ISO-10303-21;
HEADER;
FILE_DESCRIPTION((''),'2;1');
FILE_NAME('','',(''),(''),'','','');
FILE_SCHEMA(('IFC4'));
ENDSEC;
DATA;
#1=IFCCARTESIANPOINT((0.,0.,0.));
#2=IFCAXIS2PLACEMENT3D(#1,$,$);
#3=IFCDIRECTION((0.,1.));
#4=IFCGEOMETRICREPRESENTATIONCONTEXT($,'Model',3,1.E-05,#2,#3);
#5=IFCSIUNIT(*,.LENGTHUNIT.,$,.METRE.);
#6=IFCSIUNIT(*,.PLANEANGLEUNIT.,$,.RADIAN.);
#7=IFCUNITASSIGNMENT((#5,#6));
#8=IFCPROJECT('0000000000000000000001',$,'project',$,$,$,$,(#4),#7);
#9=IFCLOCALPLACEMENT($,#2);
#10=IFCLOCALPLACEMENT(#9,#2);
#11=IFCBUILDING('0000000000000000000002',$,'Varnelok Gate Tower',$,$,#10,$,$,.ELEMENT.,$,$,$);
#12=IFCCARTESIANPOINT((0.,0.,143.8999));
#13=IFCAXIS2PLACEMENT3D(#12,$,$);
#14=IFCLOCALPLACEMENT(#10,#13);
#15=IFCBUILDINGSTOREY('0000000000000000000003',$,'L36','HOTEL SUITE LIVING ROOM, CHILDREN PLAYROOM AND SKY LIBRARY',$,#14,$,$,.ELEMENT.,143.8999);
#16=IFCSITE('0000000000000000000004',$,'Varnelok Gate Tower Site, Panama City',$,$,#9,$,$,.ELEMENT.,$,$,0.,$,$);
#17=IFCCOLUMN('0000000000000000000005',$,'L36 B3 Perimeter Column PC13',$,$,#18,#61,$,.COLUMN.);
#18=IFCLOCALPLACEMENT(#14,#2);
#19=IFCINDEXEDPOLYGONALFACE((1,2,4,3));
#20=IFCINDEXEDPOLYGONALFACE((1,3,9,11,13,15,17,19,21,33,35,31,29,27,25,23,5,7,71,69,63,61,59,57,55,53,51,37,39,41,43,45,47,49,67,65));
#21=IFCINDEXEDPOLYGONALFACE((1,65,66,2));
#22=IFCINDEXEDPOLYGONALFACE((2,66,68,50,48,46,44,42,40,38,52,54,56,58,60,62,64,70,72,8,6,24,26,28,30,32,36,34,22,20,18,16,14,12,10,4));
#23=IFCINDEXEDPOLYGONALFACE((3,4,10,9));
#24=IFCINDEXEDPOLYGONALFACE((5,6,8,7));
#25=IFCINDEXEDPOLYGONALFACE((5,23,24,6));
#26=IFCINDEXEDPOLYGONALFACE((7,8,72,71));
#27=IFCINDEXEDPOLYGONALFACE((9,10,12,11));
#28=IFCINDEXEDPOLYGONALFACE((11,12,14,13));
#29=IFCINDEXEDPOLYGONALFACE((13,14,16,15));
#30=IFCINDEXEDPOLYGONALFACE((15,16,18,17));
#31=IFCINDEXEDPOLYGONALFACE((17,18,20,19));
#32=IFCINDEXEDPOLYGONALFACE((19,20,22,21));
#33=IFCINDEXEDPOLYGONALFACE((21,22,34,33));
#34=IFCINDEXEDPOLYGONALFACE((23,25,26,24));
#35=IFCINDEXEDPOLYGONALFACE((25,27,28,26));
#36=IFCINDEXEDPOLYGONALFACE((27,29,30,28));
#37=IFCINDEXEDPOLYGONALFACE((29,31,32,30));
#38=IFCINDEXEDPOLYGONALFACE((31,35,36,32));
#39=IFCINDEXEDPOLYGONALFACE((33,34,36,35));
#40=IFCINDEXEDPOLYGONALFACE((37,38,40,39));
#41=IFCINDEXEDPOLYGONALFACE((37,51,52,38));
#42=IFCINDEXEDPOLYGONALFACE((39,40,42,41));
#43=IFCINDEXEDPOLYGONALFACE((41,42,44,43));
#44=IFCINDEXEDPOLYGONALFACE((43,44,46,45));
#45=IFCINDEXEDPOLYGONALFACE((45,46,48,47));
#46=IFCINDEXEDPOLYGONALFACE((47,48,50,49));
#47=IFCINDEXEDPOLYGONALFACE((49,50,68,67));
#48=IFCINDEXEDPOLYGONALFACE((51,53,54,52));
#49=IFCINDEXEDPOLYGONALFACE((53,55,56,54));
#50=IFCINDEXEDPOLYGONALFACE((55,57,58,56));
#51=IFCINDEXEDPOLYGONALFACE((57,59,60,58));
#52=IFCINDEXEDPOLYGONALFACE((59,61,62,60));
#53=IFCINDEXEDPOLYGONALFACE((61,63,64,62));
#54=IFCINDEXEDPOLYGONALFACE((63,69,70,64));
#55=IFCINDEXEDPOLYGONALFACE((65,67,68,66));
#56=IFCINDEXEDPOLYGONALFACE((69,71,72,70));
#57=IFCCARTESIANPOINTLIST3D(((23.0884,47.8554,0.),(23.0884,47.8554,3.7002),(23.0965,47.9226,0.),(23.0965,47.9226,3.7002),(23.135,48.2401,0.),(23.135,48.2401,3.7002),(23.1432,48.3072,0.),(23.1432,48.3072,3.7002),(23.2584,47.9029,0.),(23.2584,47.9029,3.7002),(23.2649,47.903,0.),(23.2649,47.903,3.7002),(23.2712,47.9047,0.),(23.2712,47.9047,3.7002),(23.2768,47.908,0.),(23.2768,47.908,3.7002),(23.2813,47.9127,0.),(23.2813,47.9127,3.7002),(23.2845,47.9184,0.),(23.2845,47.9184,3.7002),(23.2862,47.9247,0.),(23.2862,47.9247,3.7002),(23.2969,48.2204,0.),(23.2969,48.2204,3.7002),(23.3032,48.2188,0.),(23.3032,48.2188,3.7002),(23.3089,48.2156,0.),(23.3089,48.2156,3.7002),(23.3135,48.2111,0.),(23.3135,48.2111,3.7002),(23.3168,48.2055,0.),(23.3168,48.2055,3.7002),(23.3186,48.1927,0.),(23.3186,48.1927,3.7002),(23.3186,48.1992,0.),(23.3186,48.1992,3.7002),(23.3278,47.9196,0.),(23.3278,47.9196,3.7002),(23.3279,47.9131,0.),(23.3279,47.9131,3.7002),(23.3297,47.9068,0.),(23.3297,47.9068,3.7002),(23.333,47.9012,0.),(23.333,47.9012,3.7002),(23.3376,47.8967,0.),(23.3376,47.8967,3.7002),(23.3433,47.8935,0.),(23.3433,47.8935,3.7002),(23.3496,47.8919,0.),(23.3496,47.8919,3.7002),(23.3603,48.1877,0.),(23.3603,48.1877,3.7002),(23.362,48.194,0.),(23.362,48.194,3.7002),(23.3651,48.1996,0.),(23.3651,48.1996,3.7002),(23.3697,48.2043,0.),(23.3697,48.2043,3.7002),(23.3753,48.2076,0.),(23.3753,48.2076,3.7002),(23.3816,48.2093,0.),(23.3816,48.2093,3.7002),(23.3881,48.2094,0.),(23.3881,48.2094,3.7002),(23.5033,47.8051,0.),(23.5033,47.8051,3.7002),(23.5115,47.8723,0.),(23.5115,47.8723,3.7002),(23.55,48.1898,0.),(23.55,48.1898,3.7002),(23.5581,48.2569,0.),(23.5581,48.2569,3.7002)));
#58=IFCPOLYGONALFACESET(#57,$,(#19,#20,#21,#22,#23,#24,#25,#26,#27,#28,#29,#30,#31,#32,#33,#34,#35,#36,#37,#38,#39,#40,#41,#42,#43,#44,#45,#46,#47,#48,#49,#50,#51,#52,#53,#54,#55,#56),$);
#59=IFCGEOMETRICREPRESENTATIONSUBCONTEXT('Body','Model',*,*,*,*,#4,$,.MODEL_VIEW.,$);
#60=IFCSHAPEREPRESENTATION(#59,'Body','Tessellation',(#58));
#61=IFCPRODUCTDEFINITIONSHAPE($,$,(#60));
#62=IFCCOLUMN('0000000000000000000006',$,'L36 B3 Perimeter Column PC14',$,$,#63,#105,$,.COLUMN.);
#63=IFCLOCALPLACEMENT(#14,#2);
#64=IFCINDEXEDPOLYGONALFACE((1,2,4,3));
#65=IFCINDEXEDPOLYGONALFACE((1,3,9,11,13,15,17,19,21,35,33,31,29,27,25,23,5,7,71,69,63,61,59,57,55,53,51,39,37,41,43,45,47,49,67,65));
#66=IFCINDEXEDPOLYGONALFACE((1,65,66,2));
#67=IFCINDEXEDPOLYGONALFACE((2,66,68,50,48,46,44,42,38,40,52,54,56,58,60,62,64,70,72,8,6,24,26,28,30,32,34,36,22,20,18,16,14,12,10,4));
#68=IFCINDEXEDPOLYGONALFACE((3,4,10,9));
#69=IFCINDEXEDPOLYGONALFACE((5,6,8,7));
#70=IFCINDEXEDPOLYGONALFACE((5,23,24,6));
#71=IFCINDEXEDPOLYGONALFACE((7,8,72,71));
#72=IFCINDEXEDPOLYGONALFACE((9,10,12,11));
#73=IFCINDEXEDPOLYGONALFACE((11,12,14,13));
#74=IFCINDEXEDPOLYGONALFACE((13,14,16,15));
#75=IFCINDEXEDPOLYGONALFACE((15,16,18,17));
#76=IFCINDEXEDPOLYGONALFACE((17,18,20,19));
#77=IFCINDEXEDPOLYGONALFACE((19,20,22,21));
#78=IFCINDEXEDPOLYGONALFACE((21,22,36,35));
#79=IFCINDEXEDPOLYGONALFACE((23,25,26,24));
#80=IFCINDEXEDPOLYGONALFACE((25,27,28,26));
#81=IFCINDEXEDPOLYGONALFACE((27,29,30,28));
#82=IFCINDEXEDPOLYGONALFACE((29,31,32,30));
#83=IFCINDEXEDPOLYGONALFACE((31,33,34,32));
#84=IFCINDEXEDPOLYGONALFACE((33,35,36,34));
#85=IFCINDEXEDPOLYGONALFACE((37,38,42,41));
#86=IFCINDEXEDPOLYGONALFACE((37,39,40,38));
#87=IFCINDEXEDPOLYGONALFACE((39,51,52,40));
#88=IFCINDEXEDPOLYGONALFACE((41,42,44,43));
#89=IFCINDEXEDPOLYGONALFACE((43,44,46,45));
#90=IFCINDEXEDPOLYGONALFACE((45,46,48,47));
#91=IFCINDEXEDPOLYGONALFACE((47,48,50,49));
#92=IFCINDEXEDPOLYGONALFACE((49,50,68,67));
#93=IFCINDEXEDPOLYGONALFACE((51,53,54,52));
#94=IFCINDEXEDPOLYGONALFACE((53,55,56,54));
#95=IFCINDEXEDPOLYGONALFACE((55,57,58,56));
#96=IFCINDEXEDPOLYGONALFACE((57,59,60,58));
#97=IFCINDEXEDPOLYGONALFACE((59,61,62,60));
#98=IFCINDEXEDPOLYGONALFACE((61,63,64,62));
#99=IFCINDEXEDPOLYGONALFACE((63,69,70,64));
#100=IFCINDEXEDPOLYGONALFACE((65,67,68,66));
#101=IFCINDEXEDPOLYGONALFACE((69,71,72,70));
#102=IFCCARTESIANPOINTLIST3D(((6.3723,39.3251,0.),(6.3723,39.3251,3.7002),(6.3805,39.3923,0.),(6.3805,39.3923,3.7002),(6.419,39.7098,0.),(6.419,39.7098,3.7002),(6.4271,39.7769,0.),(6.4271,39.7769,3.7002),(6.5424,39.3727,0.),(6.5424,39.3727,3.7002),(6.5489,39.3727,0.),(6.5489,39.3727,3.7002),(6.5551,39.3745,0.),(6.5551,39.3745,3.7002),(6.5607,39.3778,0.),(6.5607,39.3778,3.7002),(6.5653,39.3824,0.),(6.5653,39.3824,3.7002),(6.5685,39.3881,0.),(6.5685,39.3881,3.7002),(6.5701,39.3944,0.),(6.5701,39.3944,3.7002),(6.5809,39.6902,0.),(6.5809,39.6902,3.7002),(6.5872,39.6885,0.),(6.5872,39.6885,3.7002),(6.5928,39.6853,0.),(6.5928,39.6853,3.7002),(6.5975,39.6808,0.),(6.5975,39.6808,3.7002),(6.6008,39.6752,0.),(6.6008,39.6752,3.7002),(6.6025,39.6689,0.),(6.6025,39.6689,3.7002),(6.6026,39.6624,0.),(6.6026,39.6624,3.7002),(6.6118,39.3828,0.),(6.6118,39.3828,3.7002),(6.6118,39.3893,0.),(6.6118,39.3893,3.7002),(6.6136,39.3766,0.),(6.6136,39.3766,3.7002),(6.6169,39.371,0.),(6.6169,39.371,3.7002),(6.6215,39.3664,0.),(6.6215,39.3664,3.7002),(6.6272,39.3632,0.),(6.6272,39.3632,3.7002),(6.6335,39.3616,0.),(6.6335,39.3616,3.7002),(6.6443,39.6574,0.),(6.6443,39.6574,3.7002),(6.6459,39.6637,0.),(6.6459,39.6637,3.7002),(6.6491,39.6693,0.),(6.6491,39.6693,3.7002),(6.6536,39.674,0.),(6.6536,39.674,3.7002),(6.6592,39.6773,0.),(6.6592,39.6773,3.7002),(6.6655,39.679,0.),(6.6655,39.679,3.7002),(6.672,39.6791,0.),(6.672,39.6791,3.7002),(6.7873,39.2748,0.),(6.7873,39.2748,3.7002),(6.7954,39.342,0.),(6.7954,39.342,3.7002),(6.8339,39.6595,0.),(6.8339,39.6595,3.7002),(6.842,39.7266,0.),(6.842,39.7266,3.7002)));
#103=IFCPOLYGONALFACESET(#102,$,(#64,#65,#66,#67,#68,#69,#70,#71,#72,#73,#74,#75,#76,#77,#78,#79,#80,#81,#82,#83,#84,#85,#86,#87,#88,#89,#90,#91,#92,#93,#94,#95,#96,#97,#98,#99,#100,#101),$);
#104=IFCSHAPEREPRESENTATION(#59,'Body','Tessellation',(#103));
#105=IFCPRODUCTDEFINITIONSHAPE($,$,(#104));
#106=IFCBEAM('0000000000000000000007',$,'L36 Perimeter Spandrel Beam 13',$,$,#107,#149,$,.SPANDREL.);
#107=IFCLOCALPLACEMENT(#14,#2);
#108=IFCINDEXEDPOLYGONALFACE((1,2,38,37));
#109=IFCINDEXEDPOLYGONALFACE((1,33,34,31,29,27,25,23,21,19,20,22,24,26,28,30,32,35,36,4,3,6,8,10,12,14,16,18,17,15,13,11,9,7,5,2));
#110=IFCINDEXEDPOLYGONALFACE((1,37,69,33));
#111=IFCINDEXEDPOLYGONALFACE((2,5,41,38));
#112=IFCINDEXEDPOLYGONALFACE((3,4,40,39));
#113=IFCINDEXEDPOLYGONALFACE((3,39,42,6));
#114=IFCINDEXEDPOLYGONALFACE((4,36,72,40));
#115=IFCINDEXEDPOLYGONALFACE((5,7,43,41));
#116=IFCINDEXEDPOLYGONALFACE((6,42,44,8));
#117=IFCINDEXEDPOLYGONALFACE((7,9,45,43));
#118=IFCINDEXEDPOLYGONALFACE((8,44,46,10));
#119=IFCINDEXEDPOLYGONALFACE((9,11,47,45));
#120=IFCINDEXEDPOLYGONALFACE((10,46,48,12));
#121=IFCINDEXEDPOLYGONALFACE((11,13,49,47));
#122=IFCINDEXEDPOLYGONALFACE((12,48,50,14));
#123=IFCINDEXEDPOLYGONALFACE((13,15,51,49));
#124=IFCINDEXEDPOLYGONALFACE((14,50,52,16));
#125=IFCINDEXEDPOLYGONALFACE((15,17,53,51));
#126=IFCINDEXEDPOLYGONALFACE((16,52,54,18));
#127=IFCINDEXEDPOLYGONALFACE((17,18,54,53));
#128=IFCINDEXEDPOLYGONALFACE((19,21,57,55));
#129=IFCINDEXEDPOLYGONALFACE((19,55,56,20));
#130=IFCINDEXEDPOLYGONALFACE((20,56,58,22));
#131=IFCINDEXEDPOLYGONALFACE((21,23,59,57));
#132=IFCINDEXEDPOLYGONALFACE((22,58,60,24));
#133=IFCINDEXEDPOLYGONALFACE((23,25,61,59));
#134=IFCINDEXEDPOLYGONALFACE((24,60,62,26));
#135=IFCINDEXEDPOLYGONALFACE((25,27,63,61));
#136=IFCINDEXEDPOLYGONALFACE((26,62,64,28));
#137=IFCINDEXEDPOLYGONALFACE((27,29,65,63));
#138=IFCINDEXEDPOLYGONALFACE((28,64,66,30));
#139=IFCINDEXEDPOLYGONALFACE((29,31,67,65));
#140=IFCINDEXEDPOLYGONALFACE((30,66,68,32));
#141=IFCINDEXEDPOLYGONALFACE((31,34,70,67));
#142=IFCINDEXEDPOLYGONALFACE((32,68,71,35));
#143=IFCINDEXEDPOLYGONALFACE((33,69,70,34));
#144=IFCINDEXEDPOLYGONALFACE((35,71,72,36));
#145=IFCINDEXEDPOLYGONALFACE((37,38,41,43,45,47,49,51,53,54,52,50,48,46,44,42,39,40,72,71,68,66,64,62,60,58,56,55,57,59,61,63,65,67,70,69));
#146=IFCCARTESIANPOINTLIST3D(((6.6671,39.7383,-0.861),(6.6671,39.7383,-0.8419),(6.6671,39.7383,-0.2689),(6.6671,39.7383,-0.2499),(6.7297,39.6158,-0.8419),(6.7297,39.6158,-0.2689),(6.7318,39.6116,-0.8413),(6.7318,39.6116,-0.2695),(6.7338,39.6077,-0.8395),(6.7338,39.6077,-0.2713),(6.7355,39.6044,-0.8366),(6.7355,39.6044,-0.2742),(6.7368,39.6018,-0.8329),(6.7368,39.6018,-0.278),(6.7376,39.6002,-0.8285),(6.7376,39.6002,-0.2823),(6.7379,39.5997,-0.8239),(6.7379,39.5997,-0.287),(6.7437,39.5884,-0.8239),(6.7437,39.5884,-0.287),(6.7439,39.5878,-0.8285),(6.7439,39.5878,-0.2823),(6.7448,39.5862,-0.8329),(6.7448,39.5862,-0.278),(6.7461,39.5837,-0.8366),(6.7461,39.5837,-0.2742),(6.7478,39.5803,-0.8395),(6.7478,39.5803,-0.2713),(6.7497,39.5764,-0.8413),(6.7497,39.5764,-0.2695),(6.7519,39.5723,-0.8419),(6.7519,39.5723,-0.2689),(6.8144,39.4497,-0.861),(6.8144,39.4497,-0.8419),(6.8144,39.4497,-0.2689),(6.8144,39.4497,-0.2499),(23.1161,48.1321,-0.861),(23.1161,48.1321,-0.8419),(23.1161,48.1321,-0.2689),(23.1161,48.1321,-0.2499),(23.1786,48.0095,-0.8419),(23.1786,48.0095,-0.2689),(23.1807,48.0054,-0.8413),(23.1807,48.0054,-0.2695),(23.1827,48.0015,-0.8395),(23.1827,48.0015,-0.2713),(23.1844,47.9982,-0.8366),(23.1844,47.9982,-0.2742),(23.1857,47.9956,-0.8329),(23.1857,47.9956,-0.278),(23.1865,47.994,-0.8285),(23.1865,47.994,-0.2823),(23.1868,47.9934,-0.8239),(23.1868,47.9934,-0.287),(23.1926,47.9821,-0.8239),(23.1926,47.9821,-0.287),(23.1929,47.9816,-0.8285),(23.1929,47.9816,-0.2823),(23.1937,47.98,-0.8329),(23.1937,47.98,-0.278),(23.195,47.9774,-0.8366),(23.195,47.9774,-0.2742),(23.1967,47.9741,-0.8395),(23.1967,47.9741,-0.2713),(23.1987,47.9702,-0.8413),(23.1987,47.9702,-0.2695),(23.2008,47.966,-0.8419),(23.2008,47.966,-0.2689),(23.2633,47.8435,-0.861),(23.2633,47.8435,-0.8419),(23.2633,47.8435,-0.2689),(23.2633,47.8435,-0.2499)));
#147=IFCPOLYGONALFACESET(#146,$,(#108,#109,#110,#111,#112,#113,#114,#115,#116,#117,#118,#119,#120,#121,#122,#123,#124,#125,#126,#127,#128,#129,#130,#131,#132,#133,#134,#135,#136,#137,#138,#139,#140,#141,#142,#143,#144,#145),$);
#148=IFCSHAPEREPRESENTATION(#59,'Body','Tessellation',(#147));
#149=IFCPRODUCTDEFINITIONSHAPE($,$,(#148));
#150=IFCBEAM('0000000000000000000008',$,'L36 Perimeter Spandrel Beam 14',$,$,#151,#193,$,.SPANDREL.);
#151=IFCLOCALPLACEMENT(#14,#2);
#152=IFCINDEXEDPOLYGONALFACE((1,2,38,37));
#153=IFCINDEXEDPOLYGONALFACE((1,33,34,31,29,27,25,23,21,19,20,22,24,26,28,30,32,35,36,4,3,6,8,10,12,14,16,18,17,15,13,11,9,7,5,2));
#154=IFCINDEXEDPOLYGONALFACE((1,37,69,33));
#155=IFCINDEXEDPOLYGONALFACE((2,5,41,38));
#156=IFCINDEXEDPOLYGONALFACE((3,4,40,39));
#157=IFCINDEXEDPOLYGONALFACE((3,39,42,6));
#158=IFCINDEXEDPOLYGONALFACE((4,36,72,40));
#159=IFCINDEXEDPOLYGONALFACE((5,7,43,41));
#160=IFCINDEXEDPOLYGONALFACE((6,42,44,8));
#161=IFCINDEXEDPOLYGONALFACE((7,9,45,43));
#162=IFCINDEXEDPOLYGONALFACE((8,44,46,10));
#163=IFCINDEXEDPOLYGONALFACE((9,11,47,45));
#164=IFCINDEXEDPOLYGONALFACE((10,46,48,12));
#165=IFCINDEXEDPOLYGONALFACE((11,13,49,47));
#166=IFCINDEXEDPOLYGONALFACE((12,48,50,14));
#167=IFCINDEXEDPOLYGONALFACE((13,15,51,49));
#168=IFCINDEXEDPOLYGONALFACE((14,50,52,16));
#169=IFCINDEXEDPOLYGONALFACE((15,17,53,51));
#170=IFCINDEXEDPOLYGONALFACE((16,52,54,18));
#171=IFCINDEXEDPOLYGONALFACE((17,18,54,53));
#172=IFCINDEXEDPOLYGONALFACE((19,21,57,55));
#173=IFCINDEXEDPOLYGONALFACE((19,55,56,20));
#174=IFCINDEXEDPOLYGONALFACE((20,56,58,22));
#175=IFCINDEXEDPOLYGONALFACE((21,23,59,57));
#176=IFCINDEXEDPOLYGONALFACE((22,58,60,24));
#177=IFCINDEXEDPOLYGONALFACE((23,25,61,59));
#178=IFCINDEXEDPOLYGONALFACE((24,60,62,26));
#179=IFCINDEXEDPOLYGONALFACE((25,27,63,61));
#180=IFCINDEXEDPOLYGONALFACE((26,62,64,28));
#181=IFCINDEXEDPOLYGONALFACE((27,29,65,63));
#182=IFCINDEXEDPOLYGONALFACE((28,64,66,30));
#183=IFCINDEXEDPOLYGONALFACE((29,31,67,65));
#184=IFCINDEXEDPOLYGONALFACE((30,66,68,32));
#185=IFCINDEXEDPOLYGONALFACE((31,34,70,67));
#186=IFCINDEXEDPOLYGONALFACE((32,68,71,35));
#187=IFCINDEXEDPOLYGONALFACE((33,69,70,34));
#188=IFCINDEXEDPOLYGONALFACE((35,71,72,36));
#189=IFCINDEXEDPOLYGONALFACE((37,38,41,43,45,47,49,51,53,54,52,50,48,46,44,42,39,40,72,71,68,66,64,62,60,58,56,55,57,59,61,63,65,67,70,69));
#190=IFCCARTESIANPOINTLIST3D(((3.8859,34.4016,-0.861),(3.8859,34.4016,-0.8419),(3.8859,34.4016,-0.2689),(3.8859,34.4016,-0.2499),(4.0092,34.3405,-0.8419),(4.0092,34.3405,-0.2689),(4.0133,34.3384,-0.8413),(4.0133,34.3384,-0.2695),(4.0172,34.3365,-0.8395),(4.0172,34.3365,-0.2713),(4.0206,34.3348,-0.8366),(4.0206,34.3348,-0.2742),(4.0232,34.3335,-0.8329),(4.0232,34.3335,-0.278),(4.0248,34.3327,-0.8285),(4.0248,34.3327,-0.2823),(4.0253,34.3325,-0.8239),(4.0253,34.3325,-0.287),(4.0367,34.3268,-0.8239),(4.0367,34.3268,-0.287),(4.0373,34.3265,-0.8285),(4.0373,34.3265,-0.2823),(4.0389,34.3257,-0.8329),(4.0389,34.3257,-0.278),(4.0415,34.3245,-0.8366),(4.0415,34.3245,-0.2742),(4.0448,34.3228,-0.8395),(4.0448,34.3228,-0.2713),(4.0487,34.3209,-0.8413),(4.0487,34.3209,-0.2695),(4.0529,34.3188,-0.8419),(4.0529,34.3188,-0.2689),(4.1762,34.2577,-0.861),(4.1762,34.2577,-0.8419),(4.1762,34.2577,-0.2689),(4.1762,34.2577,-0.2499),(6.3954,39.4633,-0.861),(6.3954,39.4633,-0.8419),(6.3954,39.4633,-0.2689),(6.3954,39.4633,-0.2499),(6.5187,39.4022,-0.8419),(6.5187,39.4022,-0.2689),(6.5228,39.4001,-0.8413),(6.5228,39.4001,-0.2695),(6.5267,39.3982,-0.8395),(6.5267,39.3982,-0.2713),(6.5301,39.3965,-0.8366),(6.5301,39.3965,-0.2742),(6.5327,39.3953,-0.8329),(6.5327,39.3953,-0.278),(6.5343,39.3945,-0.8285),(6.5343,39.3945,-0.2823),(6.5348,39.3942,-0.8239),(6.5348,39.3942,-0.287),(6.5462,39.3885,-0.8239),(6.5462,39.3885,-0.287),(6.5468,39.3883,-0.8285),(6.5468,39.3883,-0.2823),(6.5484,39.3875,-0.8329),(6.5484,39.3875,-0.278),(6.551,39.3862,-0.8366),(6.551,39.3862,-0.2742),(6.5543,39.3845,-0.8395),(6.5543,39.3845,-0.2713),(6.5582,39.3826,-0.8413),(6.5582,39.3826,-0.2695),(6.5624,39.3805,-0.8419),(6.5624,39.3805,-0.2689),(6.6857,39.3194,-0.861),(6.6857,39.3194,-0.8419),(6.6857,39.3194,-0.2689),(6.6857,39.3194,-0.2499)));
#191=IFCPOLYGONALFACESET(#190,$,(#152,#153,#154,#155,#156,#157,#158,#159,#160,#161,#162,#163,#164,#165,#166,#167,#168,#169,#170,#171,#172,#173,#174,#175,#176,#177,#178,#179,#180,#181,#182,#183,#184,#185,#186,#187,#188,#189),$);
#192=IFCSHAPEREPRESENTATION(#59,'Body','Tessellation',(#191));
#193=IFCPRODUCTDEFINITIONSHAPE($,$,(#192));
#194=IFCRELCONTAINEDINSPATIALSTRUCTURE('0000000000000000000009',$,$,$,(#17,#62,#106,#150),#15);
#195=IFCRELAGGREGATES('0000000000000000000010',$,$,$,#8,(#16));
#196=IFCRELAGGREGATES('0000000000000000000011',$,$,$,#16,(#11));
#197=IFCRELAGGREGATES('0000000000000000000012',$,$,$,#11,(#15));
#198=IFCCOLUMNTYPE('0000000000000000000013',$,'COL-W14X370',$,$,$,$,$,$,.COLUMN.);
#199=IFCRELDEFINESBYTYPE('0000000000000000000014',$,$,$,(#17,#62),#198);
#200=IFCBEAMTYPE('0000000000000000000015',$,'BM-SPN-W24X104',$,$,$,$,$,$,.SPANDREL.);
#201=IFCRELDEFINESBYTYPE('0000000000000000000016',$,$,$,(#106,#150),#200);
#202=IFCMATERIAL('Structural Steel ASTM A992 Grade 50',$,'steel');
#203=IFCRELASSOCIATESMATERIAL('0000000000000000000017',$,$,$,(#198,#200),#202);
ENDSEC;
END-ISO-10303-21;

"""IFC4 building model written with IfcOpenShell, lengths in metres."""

from ifc_helpers import new_model, si_unit, direction, frame, origin, origin_2d, place, context, subcontext, project, spatial, i_section, extrude, material, material_profile, profile_set, type_object, element, save


model = new_model("IFC4")

# Units and contexts
model_context = context("Model", 3, precision=1e-05, world=origin(), true_north=direction((0.0, 1.0)))
body_context = subcontext(model_context, "Body", "Model", "MODEL_VIEW")
ifc_project = project(units=[si_unit("LENGTHUNIT", "METRE"), si_unit("PLANEANGLEUNIT", "RADIAN")], contexts=[model_context])

# Site, building, storey
site_placement = place(None, origin())
site = spatial("IfcSite", under=ifc_project, at=site_placement, Name="Varnelok Gate Tower Site, Panama City", CompositionType="ELEMENT", RefElevation=0.0)
building_placement = place(site_placement, origin())
building = spatial("IfcBuilding", under=site, at=building_placement, Name="Varnelok Gate Tower", CompositionType="ELEMENT")
storey_placement = place(building_placement, frame((0.0, 0.0, 143.8999)))
storey = spatial("IfcBuildingStorey", under=building, at=storey_placement, Name="L36", Description="HOTEL SUITE LIVING ROOM, CHILDREN PLAYROOM AND SKY LIBRARY", CompositionType="ELEMENT", Elevation=143.8999)

# Columns
ifc_material_1 = material(Name="Structural Steel ASTM A992 Grade 50", Category="steel")
ifc_material_profile_1 = material_profile(ifc_material_1, i_section(OverallWidth=0.418, OverallDepth=0.4551, WebThickness=0.042, FlangeThickness=0.0676, FilletRadius=0.0249, at=origin_2d()), Name="W14X370")
ifc_profile_set_1 = profile_set([ifc_material_profile_1], Name="Structural Steel ASTM A992 Grade 50")
column_type = type_object("IfcColumnType", Name="COL-W14X370", PredefinedType="COLUMN", material=ifc_profile_set_1)
for number, where, z_axis, x_axis, name in (
    (1, (23.3232, 48.0562, 0.0), (0.0, 0.0, 1.0), (0.992732, -0.120345, 0.0), "L36 B3 Perimeter Column PC13"),
    (2, (6.6072, 39.5259, 0.0), (0.0, 0.0, 1.0), (0.992732, -0.120345, 0.0), "L36 B3 Perimeter Column PC14"),
):
    element("IfcColumn", number, at=place(storey_placement, frame(where, z_axis=z_axis, x_axis=x_axis)), inside=storey, type_object=column_type, Name=name, PredefinedType="COLUMN", context=body_context, shape_type="SweptSolid", body=[
        extrude(i_section(OverallWidth=0.418, OverallDepth=0.4551, WebThickness=0.042, FlangeThickness=0.0676, FilletRadius=0.0249, at=origin_2d()), origin(), (0.0, 0.0, 1.0), 3.7002),
    ])

# Beams
ifc_material_profile_2 = material_profile(ifc_material_1, i_section(OverallWidth=0.324, OverallDepth=0.6111, WebThickness=0.0127, FlangeThickness=0.019, FilletRadius=0.0181, at=origin_2d()), Name="W24X104")
ifc_profile_set_2 = profile_set([ifc_material_profile_2], Name="Structural Steel ASTM A992 Grade 50")
beam_type = type_object("IfcBeamType", Name="BM-SPN-W24X104", PredefinedType="SPANDREL", material=ifc_profile_set_2)
beam_1_placement = place(storey_placement, frame((23.1897, 47.9878, -0.5554), z_axis=(-0.89073, -0.454533, 0.0), x_axis=(0.454533, -0.89073, 0.0)))
element("IfcBeam", 3, at=beam_1_placement, inside=storey, type_object=beam_type, Name="L36 Perimeter Spandrel Beam 13", PredefinedType="SPANDREL", context=body_context, shape_type="SweptSolid", body=[
    extrude(i_section(OverallWidth=0.324, OverallDepth=0.6111, WebThickness=0.0127, FlangeThickness=0.019, FilletRadius=0.0181, at=origin_2d()), origin(), (0.0, 0.0, 1.0), 18.4668),
])
beam_2_placement = place(storey_placement, frame((6.5405, 39.3914, -0.5554), z_axis=(-0.444186, -0.895935, 0.0), x_axis=(0.895935, -0.444186, 0.0)))
element("IfcBeam", 4, at=beam_2_placement, inside=storey, type_object=beam_type, Name="L36 Perimeter Spandrel Beam 14", PredefinedType="SPANDREL", context=body_context, shape_type="SweptSolid", body=[
    extrude(i_section(OverallWidth=0.324, OverallDepth=0.6111, WebThickness=0.0127, FlangeThickness=0.019, FilletRadius=0.0181, at=origin_2d()), origin(), (0.0, 0.0, 1.0), 5.6497),
])

save(model, "model.ifc")
